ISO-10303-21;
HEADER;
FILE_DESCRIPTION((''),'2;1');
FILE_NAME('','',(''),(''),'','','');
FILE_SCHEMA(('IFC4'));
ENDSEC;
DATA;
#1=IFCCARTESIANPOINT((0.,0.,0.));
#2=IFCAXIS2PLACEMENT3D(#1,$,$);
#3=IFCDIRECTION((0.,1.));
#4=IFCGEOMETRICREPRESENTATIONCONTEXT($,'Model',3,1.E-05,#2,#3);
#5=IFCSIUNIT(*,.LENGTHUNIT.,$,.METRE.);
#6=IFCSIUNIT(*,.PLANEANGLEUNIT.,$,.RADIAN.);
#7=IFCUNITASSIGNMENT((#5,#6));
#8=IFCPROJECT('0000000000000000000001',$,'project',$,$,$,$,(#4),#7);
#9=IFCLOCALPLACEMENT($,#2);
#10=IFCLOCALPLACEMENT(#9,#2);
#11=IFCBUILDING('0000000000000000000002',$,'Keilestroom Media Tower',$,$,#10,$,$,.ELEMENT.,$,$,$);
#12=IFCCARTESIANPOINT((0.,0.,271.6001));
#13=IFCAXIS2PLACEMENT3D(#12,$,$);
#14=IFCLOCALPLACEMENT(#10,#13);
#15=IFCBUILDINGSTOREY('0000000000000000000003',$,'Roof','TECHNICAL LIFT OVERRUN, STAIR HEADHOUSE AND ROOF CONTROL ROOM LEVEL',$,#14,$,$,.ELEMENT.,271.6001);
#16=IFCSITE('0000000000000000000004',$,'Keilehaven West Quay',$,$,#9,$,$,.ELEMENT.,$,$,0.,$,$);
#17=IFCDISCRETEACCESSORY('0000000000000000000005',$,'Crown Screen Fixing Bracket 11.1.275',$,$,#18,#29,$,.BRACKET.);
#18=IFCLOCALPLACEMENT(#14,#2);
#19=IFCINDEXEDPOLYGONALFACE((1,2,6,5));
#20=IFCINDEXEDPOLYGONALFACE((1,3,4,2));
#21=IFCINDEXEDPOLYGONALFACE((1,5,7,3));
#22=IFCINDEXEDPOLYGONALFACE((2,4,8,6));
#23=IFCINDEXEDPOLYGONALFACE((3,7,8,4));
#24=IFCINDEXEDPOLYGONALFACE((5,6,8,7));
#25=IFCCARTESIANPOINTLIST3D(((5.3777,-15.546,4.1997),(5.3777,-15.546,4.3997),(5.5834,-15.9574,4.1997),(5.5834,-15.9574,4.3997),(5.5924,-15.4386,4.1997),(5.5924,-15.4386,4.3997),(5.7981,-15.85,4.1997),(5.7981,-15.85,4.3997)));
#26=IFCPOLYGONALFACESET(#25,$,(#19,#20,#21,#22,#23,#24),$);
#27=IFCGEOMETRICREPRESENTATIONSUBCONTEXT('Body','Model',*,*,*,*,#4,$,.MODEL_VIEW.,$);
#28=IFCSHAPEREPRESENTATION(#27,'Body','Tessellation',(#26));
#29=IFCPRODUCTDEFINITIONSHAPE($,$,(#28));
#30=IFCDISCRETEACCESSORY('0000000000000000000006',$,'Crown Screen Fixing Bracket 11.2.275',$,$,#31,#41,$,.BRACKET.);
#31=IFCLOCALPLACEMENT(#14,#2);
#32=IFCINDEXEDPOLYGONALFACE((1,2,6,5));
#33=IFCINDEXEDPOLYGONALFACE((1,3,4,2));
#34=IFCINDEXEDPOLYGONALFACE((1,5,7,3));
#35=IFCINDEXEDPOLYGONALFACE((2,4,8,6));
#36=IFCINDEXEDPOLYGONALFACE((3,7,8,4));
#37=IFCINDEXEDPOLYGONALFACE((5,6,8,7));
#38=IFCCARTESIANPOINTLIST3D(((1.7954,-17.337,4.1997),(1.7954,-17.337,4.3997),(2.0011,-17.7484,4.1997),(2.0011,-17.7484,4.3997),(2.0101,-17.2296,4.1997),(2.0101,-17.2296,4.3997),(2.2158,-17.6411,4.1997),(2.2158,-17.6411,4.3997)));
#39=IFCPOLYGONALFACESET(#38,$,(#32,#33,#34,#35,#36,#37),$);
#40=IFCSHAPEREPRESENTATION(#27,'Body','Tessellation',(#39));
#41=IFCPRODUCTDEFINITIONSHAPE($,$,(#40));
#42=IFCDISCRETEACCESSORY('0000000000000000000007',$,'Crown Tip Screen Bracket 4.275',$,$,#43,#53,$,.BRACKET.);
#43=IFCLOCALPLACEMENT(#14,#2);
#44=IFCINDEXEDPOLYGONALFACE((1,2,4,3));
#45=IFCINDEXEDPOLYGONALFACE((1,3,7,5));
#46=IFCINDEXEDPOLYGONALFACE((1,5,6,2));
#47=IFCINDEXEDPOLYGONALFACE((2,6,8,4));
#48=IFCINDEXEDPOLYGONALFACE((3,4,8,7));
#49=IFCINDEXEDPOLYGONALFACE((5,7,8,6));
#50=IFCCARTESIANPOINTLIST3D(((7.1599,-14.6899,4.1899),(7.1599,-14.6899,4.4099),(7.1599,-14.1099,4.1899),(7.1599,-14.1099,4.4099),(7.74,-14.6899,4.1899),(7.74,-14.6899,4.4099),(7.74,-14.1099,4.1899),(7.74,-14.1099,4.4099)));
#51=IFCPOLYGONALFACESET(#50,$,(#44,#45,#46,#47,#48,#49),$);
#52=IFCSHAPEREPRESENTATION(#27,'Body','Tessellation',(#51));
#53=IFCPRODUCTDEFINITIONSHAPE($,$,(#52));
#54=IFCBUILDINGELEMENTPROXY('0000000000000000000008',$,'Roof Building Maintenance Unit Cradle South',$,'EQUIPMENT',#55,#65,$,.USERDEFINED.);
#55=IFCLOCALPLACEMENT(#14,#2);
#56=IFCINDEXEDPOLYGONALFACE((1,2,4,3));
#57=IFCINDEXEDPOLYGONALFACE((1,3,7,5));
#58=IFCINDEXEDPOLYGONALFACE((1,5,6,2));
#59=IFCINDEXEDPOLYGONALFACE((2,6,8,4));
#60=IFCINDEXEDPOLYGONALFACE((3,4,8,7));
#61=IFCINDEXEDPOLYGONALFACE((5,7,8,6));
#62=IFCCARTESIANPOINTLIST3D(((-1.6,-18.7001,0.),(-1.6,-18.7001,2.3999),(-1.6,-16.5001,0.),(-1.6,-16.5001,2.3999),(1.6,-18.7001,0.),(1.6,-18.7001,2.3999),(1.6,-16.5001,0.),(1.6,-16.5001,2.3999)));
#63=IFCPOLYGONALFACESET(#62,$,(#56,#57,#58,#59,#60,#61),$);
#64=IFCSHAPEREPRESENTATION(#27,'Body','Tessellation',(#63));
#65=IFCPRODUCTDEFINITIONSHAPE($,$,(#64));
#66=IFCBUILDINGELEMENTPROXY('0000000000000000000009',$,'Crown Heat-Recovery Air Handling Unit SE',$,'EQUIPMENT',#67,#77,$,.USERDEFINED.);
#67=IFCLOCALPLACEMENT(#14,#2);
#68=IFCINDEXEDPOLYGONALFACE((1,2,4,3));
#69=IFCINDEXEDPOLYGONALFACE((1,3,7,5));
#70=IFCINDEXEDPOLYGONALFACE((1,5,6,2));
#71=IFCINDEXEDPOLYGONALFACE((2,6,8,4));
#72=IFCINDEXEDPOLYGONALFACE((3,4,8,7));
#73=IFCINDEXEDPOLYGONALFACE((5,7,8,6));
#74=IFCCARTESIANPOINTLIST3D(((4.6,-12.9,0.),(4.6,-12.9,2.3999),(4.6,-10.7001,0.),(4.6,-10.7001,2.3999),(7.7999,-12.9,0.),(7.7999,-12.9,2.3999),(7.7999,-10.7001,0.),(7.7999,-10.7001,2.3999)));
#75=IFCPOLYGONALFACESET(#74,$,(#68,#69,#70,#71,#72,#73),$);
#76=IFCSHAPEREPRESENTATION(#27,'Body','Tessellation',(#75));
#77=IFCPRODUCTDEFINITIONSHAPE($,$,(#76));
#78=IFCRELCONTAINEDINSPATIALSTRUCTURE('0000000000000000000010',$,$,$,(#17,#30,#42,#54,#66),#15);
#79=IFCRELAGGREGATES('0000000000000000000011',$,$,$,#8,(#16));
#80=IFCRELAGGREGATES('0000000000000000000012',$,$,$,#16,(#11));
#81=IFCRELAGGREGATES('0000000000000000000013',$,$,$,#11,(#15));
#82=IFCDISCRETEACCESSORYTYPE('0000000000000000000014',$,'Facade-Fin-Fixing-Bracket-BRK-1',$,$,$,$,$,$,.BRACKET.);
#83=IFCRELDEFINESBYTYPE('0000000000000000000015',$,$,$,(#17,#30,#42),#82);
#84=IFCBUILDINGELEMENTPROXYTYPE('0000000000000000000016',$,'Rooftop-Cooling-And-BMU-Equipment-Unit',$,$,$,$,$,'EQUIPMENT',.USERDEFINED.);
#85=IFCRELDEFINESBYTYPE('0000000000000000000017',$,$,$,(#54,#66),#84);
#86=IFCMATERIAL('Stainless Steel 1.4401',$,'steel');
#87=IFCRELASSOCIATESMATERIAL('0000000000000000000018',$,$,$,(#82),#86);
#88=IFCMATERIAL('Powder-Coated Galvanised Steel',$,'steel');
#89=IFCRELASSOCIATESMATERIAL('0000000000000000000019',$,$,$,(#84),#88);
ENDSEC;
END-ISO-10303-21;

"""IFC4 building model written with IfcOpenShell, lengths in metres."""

from ifc_helpers import new_model, si_unit, direction, frame, origin, origin_2d, place, context, subcontext, project, spatial, rectangle, extrude, source, transform, mapped, material, type_object, element, save


model = new_model("IFC4")

# Units and contexts
model_context = context("Model", 3, precision=1e-05, world=origin(), true_north=direction((0.0, 1.0)))
body_context = subcontext(model_context, "Body", "Model", "MODEL_VIEW")
ifc_project = project(units=[si_unit("LENGTHUNIT", "METRE"), si_unit("PLANEANGLEUNIT", "RADIAN")], contexts=[model_context])

# Site, building, storey
site_placement = place(None, origin())
site = spatial("IfcSite", under=ifc_project, at=site_placement, Name="Keilehaven West Quay", CompositionType="ELEMENT", RefElevation=0.0)
building_placement = place(site_placement, origin())
building = spatial("IfcBuilding", under=site, at=building_placement, Name="Keilestroom Media Tower", CompositionType="ELEMENT")
storey_placement = place(building_placement, frame((0.0, 0.0, 271.6001)))
storey = spatial("IfcBuildingStorey", under=building, at=storey_placement, Name="Roof", Description="TECHNICAL LIFT OVERRUN, STAIR HEADHOUSE AND ROOF CONTROL ROOM LEVEL", CompositionType="ELEMENT", Elevation=271.6001)

# Discrete accessories
ifc_material_1 = material(Name="Stainless Steel 1.4401", Category="steel")
discrete_accessory_type = type_object("IfcDiscreteAccessoryType", Name="Facade-Fin-Fixing-Bracket-BRK-1", PredefinedType="BRACKET", material=ifc_material_1)
shared_shape_1 = source(origin(), body_context, "Body", "SweptSolid", [
    extrude(rectangle(XDim=0.24, YDim=0.46, at=origin_2d()), origin(), (0.0, 0.0, 1.0), 0.2),
])
for number, where, z_axis, x_axis, name in (
    (1, (5.5879, -15.698, 4.1997), (0.0, 0.0, 1.0), (-0.894427, -0.447214, 0.0), "Crown Screen Fixing Bracket 11.1.275"),
    (2, (2.0056, -17.489, 4.1997), (0.0, 0.0, 1.0), (-0.894427, -0.447214, 0.0), "Crown Screen Fixing Bracket 11.2.275"),
):
    element("IfcDiscreteAccessory", number, at=place(storey_placement, frame(where, z_axis=z_axis, x_axis=x_axis)), inside=storey, type_object=discrete_accessory_type, Name=name, PredefinedType="BRACKET", context=body_context, shape_type="MappedRepresentation", body=[
        mapped(shared_shape_1, transform((0.0, 0.0, 0.0), x_axis=(1.0, 0.0, 0.0), y_axis=(0.0, 1.0, 0.0), z_axis=(0.0, 0.0, 1.0), scale=1.0)),
    ])
shared_shape_2 = source(origin(), body_context, "Body", "SweptSolid", [
    extrude(rectangle(XDim=0.5801, YDim=0.5801, at=origin_2d()), origin(), (0.0, 0.0, 1.0), 0.22),
])
discrete_accessory_placement = place(storey_placement, frame((7.45, -14.3999, 4.1899), z_axis=(0.0, 0.0, 1.0), x_axis=(1.0, 0.0, 0.0)))
element("IfcDiscreteAccessory", 3, at=discrete_accessory_placement, inside=storey, type_object=discrete_accessory_type, Name="Crown Tip Screen Bracket 4.275", PredefinedType="BRACKET", context=body_context, shape_type="MappedRepresentation", body=[
    mapped(shared_shape_2, transform((0.0, 0.0, 0.0), x_axis=(1.0, 0.0, 0.0), y_axis=(0.0, 1.0, 0.0), z_axis=(0.0, 0.0, 1.0), scale=1.0)),
])

# Building element proxies
ifc_material_2 = material(Name="Powder-Coated Galvanised Steel", Category="steel")
building_element_proxy_type = type_object("IfcBuildingElementProxyType", Name="Rooftop-Cooling-And-BMU-Equipment-Unit", ElementType="EQUIPMENT", PredefinedType="USERDEFINED", material=ifc_material_2)
shared_shape_3 = source(origin(), body_context, "Body", "SweptSolid", [
    extrude(rectangle(XDim=3.2, YDim=2.2, at=origin_2d()), origin(), (0.0, 0.0, 1.0), 2.3999),
])
for number, where, z_axis, x_axis, name in (
    (4, (0.0, -17.6001, 0.0), (0.0, 0.0, 1.0), (1.0, 0.0, 0.0), "Roof Building Maintenance Unit Cradle South"),
    (5, (6.2, -11.8, 0.0), (0.0, 0.0, 1.0), (1.0, 0.0, 0.0), "Crown Heat-Recovery Air Handling Unit SE"),
):
    element("IfcBuildingElementProxy", number, at=place(storey_placement, frame(where, z_axis=z_axis, x_axis=x_axis)), inside=storey, type_object=building_element_proxy_type, Name=name, ObjectType="EQUIPMENT", PredefinedType="USERDEFINED", context=body_context, shape_type="MappedRepresentation", body=[
        mapped(shared_shape_3, transform((0.0, 0.0, 0.0), x_axis=(1.0, 0.0, 0.0), y_axis=(0.0, 1.0, 0.0), z_axis=(0.0, 0.0, 1.0), scale=1.0)),
    ])

save(model, "model.ifc")
